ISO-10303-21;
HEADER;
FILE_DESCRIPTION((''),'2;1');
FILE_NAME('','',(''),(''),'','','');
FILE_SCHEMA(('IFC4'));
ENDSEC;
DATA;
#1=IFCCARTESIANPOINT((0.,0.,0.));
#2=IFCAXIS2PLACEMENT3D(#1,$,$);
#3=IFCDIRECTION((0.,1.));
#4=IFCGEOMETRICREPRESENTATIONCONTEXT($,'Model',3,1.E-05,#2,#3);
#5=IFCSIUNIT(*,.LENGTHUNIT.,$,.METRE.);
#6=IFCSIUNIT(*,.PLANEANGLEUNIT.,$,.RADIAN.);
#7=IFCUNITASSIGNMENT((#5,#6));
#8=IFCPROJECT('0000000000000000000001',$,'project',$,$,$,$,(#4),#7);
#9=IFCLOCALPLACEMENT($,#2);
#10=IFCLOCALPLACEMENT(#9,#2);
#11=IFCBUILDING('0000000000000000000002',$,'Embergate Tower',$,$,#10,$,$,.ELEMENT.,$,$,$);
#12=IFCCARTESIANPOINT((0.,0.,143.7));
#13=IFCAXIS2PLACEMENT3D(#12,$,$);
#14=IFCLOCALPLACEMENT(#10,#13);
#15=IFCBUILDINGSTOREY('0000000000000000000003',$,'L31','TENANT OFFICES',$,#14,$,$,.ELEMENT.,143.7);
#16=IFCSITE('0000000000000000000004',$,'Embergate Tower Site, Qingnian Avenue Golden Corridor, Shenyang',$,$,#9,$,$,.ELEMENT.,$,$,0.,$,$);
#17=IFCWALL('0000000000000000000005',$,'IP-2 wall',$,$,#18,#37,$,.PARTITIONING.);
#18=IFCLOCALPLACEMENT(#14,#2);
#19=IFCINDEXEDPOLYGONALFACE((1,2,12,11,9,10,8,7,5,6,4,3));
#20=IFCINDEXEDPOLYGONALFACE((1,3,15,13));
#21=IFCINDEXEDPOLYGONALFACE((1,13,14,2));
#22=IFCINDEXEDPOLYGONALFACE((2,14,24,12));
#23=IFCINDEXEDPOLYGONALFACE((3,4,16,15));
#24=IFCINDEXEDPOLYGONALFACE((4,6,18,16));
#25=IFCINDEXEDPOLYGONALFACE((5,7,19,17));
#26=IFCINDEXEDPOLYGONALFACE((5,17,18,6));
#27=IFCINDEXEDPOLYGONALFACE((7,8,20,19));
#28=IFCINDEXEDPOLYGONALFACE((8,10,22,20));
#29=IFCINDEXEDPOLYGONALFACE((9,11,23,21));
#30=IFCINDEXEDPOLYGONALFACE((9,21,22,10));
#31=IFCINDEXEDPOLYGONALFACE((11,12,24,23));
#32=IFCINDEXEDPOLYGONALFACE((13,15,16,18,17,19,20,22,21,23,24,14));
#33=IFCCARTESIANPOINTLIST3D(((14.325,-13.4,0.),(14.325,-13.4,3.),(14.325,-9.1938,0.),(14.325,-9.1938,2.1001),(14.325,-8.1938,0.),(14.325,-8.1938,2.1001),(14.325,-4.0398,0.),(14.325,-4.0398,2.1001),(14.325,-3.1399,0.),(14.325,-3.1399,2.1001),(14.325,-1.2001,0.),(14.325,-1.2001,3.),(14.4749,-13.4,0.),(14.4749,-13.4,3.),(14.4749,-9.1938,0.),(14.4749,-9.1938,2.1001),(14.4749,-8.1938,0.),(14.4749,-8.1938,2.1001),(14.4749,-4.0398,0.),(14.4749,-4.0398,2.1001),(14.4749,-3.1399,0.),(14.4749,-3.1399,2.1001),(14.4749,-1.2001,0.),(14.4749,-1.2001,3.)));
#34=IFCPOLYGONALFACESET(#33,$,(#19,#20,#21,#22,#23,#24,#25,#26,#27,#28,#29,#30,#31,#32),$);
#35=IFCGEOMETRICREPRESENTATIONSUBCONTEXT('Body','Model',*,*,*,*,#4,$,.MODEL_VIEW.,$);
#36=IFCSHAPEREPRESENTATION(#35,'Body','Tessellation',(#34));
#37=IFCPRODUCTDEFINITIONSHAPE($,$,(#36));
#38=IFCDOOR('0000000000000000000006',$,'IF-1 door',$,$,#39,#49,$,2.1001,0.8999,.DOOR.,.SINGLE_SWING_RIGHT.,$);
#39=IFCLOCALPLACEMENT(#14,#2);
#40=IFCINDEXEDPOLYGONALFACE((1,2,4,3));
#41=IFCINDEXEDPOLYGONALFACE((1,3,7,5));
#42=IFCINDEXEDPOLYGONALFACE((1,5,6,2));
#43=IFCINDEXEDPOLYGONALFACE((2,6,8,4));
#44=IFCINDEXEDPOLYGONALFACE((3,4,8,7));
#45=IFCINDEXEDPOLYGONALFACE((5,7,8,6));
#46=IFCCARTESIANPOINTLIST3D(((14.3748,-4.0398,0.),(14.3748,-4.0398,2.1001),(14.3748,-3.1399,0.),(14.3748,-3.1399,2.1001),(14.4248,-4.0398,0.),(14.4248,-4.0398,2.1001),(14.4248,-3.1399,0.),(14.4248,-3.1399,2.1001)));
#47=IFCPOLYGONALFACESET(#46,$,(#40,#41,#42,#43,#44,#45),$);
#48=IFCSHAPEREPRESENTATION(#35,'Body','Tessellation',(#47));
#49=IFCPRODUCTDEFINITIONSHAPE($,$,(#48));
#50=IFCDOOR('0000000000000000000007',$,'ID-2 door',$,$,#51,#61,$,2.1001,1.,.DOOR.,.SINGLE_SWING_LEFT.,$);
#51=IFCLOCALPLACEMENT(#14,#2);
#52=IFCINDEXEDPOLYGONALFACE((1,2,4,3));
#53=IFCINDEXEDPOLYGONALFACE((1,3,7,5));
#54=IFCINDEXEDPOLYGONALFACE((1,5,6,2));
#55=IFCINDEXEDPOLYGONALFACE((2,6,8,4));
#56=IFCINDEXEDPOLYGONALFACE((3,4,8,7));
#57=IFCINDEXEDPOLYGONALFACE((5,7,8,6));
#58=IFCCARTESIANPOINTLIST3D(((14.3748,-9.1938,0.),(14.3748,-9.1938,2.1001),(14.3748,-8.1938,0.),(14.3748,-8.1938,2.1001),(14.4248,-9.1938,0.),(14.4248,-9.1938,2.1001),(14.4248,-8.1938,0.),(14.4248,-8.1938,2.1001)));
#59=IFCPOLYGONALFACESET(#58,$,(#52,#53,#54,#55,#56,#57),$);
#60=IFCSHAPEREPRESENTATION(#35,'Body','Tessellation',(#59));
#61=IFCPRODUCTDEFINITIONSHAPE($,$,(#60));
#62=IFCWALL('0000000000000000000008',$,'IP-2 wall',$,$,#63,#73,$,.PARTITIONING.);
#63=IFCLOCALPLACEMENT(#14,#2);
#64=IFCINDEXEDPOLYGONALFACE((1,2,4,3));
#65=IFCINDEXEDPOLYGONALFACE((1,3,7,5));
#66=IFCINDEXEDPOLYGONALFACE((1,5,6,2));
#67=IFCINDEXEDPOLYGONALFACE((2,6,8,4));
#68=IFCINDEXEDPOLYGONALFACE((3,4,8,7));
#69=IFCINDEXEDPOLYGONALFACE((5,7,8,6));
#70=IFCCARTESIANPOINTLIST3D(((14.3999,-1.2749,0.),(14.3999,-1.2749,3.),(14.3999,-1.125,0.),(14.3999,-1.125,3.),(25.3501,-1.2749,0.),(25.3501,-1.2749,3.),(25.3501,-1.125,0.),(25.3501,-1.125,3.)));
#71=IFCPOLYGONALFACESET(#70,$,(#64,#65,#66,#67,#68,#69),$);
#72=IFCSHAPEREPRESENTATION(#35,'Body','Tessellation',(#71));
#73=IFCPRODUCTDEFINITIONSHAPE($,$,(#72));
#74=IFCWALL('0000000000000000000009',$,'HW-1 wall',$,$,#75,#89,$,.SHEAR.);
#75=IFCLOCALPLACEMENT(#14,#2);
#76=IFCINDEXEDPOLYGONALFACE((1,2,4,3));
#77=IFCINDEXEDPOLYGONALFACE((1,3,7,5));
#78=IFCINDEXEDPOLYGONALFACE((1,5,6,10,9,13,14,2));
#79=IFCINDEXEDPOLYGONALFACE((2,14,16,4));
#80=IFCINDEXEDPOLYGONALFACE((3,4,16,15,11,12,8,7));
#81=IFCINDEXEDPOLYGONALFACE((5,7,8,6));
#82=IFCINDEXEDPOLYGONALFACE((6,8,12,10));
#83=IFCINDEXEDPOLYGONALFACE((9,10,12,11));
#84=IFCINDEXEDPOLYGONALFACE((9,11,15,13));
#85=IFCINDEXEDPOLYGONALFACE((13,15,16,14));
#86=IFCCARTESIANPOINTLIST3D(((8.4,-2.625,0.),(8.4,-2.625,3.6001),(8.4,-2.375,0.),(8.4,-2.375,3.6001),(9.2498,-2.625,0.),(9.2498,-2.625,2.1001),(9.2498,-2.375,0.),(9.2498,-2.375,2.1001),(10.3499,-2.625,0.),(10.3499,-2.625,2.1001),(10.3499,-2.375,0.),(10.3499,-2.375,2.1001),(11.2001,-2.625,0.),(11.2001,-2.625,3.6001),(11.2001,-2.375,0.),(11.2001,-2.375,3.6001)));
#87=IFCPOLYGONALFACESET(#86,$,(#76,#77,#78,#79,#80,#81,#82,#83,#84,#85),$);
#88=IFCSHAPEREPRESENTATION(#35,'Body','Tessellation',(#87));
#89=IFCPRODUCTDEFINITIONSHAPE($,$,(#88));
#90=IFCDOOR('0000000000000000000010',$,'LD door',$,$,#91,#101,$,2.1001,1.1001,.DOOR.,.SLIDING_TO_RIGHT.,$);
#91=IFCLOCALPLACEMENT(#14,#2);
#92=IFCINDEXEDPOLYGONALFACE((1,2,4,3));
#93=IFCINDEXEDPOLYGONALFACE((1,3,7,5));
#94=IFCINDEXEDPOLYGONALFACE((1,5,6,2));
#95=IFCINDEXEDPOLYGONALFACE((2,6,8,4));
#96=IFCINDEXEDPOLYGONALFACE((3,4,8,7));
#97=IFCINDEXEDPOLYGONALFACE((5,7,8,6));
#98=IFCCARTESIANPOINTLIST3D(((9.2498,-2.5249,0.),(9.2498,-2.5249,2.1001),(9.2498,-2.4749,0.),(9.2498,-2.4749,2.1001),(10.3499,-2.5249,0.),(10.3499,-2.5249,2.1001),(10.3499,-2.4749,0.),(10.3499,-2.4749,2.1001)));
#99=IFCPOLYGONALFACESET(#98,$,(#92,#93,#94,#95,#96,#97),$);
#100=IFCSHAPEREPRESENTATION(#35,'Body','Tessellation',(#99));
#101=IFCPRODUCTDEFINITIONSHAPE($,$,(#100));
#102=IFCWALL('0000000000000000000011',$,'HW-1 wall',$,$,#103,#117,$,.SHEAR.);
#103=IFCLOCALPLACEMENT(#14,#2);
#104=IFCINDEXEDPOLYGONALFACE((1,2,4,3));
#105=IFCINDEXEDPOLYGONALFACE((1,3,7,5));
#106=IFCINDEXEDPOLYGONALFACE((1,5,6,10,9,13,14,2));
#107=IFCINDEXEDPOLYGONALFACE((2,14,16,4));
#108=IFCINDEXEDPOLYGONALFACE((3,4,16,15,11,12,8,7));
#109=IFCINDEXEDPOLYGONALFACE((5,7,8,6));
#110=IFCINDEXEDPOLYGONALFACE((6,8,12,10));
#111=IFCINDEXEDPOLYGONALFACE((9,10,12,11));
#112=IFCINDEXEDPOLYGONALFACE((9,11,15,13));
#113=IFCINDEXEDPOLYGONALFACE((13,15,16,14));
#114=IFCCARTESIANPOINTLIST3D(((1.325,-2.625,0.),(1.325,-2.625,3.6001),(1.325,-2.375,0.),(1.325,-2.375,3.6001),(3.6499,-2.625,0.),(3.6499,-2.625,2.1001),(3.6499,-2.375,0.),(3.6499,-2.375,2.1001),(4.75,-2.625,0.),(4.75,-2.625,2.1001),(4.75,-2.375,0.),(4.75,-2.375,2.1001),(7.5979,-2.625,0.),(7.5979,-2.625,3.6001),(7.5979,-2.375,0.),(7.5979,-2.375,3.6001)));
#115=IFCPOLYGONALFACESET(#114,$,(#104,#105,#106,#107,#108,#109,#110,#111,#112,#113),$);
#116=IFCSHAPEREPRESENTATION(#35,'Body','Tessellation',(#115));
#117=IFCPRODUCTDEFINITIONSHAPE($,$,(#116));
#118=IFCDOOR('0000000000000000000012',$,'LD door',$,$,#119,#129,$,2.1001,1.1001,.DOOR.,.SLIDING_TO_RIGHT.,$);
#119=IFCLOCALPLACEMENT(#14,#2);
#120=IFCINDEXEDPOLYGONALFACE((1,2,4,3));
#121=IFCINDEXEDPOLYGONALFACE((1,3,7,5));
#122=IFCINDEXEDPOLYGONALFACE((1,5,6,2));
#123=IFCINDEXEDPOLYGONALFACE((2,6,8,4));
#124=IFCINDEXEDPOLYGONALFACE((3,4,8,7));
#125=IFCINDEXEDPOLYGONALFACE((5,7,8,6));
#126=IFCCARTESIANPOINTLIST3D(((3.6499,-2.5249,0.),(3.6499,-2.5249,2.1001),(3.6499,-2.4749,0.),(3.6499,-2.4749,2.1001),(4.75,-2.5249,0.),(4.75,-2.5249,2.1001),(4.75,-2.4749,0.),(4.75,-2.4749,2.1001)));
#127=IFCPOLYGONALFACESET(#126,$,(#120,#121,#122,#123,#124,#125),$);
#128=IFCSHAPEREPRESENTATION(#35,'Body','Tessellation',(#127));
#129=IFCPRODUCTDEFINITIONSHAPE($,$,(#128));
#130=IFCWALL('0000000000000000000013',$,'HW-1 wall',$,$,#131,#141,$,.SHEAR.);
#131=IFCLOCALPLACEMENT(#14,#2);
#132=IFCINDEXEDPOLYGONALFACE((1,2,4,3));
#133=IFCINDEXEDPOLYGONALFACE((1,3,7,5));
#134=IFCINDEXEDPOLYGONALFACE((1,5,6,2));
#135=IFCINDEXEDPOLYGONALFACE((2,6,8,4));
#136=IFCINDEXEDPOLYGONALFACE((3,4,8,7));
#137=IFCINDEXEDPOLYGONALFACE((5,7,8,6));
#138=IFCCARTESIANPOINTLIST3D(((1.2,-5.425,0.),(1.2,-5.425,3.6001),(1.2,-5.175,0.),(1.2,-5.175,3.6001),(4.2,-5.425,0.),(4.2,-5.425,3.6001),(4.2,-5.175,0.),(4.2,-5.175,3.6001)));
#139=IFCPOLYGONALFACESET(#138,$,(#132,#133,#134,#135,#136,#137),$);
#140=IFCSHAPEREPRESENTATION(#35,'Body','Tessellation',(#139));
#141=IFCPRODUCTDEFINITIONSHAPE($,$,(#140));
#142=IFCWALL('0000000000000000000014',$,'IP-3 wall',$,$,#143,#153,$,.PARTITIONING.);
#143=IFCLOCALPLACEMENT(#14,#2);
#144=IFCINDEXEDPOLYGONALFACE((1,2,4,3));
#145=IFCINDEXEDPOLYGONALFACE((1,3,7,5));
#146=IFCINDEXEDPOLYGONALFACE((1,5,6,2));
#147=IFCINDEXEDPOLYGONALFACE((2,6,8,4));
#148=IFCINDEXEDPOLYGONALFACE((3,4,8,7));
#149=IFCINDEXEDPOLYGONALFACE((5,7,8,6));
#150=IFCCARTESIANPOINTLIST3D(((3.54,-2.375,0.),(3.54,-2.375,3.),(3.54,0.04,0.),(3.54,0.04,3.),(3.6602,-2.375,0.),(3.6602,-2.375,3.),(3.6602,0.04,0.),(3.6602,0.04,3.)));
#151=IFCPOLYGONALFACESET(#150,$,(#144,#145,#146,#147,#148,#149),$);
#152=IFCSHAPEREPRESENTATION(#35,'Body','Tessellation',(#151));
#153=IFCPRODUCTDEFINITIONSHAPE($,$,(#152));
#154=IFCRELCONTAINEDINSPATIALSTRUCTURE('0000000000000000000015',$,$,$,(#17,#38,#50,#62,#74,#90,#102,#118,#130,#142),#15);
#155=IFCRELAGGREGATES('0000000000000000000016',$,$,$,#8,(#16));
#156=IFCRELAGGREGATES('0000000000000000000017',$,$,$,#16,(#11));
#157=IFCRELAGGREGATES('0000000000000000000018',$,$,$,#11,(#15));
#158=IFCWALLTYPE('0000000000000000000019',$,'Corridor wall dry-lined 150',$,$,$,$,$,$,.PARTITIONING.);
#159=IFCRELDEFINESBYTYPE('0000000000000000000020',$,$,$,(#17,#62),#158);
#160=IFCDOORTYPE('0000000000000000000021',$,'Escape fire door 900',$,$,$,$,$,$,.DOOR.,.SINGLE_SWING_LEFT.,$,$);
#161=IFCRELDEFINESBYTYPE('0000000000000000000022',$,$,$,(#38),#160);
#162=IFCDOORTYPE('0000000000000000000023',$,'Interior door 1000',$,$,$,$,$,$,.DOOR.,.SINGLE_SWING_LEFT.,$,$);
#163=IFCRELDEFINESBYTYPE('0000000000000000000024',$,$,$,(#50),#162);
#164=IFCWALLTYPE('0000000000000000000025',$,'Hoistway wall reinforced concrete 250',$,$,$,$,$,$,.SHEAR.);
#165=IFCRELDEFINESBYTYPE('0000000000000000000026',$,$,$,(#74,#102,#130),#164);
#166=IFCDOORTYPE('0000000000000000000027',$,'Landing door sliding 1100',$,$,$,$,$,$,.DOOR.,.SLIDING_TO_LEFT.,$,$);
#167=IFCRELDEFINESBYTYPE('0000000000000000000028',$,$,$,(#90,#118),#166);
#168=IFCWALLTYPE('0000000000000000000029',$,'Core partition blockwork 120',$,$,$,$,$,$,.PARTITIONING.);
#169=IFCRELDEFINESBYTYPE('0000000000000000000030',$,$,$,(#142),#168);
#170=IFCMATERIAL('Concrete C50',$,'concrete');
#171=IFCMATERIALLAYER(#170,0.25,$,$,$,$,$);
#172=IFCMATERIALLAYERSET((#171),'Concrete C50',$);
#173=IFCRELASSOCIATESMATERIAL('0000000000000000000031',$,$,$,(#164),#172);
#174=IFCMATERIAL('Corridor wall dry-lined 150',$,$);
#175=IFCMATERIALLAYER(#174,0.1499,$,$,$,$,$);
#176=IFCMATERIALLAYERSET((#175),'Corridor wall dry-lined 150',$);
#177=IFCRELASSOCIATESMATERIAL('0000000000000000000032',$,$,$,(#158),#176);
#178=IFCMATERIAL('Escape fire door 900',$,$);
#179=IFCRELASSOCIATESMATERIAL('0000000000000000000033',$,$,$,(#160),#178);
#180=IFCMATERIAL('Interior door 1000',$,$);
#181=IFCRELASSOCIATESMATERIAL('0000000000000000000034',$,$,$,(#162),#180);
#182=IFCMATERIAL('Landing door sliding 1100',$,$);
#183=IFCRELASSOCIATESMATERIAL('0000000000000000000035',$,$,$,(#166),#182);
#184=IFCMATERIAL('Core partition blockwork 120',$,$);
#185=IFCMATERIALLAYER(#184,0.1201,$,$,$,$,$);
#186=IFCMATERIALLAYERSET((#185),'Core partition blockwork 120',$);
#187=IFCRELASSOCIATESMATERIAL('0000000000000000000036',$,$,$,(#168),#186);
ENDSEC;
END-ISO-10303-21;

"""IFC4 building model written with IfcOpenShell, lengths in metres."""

from ifc_helpers import new_model, si_unit, direction, frame, frame_2d, origin, place, context, subcontext, project, spatial, rectangle, extrude, source, transform, mapped, material, layer, layer_set, type_object, element, fill, save


model = new_model("IFC4")

# Units and contexts
model_context = context("Model", 3, precision=1e-05, world=origin(), true_north=direction((0.0, 1.0)))
body_context = subcontext(model_context, "Body", "Model", "MODEL_VIEW")
ifc_project = project(units=[si_unit("LENGTHUNIT", "METRE"), si_unit("PLANEANGLEUNIT", "RADIAN")], contexts=[model_context])

# Site, building, storey
site_placement = place(None, origin())
site = spatial("IfcSite", under=ifc_project, at=site_placement, Name="Embergate Tower Site, Qingnian Avenue Golden Corridor, Shenyang", CompositionType="ELEMENT", RefElevation=0.0)
building_placement = place(site_placement, origin())
building = spatial("IfcBuilding", under=site, at=building_placement, Name="Embergate Tower", CompositionType="ELEMENT")
storey_placement = place(building_placement, frame((0.0, 0.0, 143.7)))
storey = spatial("IfcBuildingStorey", under=building, at=storey_placement, Name="L31", Description="TENANT OFFICES", CompositionType="ELEMENT", Elevation=143.7)

# Shared definitions
ifc_material_1 = material(Name="Concrete C50", Category="concrete")
ifc_layer_1 = layer(ifc_material_1, 0.25)
ifc_layer_set_1 = layer_set([ifc_layer_1], Name="Concrete C50")
wall_type_1 = type_object("IfcWallType", Name="Hoistway wall reinforced concrete 250", PredefinedType="SHEAR", material=ifc_layer_set_1)

# Wall, openings, doors
ifc_material_2 = material(Name="Corridor wall dry-lined 150")
ifc_layer_2 = layer(ifc_material_2, 0.1499)
ifc_layer_set_2 = layer_set([ifc_layer_2], Name="Corridor wall dry-lined 150")
wall_type_2 = type_object("IfcWallType", Name="Corridor wall dry-lined 150", PredefinedType="PARTITIONING", material=ifc_layer_set_2)
shared_shape_1 = source(origin(), body_context, "Body", "SweptSolid", [
    extrude(rectangle(XDim=12.2, YDim=0.1499, at=frame_2d((6.1001, 0.0))), origin(), (0.0, 0.0, 1.0), 3.0),
])
wall_1_placement = place(storey_placement, frame((14.3999, -1.2, 0.0), z_axis=(0.0, 0.0, 1.0), x_axis=(0.0, -1.0, 0.0)))
wall_1 = element("IfcWall", 1, at=wall_1_placement, inside=storey, type_object=wall_type_2, Name="IP-2 wall", PredefinedType="PARTITIONING", context=body_context, shape_type="MappedRepresentation", body=[
    mapped(shared_shape_1, transform((0.0, 0.0, 0.0))),
])
shared_shape_2 = source(origin(), body_context, "Body", "SweptSolid", [
    extrude(rectangle(XDim=1.0, YDim=2.1001, at=frame_2d((0.5, 1.05))), frame((0.0, 0.085, 0.0), z_axis=(0.0, -1.0, 0.0), x_axis=(1.0, 0.0, 0.0)), (0.0, 0.0, 1.0), 0.1699),
])
opening_1_placement = place(wall_1_placement, frame((6.9939, 0.0, 0.0)))
opening_1 = element("IfcOpeningElement", 2, at=opening_1_placement, cuts=wall_1, PredefinedType="OPENING", context=body_context, shape_type="MappedRepresentation", body=[
    mapped(shared_shape_2, transform((0.0, 0.0, 0.0))),
])
shared_shape_3 = source(origin(), body_context, "Body", "SweptSolid", [
    extrude(rectangle(XDim=0.8999, YDim=2.1001, at=frame_2d((0.45, 1.05))), frame((0.0, 0.085, 0.0), z_axis=(0.0, -1.0, 0.0), x_axis=(1.0, 0.0, 0.0)), (0.0, 0.0, 1.0), 0.1699),
])
opening_2_placement = place(wall_1_placement, frame((1.9399, 0.0, 0.0)))
opening_2 = element("IfcOpeningElement", 3, at=opening_2_placement, cuts=wall_1, PredefinedType="OPENING", context=body_context, shape_type="MappedRepresentation", body=[
    mapped(shared_shape_3, transform((0.0, 0.0, 0.0))),
])
ifc_material_3 = material(Name="Escape fire door 900")
door_type_1 = type_object("IfcDoorType", Name="Escape fire door 900", OperationType="SINGLE_SWING_LEFT", PredefinedType="DOOR", material=ifc_material_3)
shared_shape_4 = source(origin(), body_context, "Body", "SweptSolid", [
    extrude(rectangle(XDim=0.8999, YDim=2.1001, at=frame_2d((0.45, 1.05))), frame((0.0, 0.0249, 0.0), z_axis=(0.0, -1.0, 0.0), x_axis=(1.0, 0.0, 0.0)), (0.0, 0.0, 1.0), 0.05),
])
door_1_placement = place(opening_2_placement, origin())
door_1 = element("IfcDoor", 4, at=door_1_placement, inside=storey, type_object=door_type_1, Name="IF-1 door", OperationType="SINGLE_SWING_RIGHT", OverallHeight=2.1001, OverallWidth=0.8999, PredefinedType="DOOR", context=body_context, shape_type="MappedRepresentation", body=[
    mapped(shared_shape_4, transform((0.0, 0.0, 0.0))),
])
fill(opening_2, door_1)
ifc_material_4 = material(Name="Interior door 1000")
door_type_2 = type_object("IfcDoorType", Name="Interior door 1000", OperationType="SINGLE_SWING_LEFT", PredefinedType="DOOR", material=ifc_material_4)
shared_shape_5 = source(origin(), body_context, "Body", "SweptSolid", [
    extrude(rectangle(XDim=1.0, YDim=2.1001, at=frame_2d((0.5, 1.05))), frame((0.0, 0.0249, 0.0), z_axis=(0.0, -1.0, 0.0), x_axis=(1.0, 0.0, 0.0)), (0.0, 0.0, 1.0), 0.05),
])
door_2_placement = place(opening_1_placement, origin())
door_2 = element("IfcDoor", 5, at=door_2_placement, inside=storey, type_object=door_type_2, Name="ID-2 door", OperationType="SINGLE_SWING_LEFT", OverallHeight=2.1001, OverallWidth=1.0, PredefinedType="DOOR", context=body_context, shape_type="MappedRepresentation", body=[
    mapped(shared_shape_5, transform((0.0, 0.0, 0.0))),
])
fill(opening_1, door_2)

# Wall
shared_shape_6 = source(origin(), body_context, "Body", "SweptSolid", [
    extrude(rectangle(XDim=10.9502, YDim=0.1499, at=frame_2d((5.4751, 0.0))), origin(), (0.0, 0.0, 1.0), 3.0),
])
wall_2_placement = place(storey_placement, frame((14.3999, -1.2, 0.0), z_axis=(0.0, 0.0, 1.0), x_axis=(1.0, 0.0, 0.0)))
element("IfcWall", 6, at=wall_2_placement, inside=storey, type_object=wall_type_2, Name="IP-2 wall", PredefinedType="PARTITIONING", context=body_context, shape_type="MappedRepresentation", body=[
    mapped(shared_shape_6, transform((0.0, 0.0, 0.0))),
])

# Walls, openings, doors
shared_shape_7 = source(origin(), body_context, "Body", "SweptSolid", [
    extrude(rectangle(XDim=2.8, YDim=0.25, at=frame_2d((1.3999, 0.0))), origin(), (0.0, 0.0, 1.0), 3.6001),
])
wall_3_placement = place(storey_placement, frame((11.2, -2.5, 0.0), z_axis=(0.0, 0.0, 1.0), x_axis=(-1.0, 0.0, 0.0)))
wall_3 = element("IfcWall", 7, at=wall_3_placement, inside=storey, type_object=wall_type_1, Name="HW-1 wall", PredefinedType="SHEAR", context=body_context, shape_type="MappedRepresentation", body=[
    mapped(shared_shape_7, transform((0.0, 0.0, 0.0))),
])
shared_shape_8 = source(origin(), body_context, "Body", "SweptSolid", [
    extrude(rectangle(XDim=1.1001, YDim=2.1001, at=frame_2d((0.55, 1.05))), frame((0.0, 0.135, 0.0), z_axis=(0.0, -1.0, 0.0), x_axis=(1.0, 0.0, 0.0)), (0.0, 0.0, 1.0), 0.27),
])
opening_3_placement = place(wall_3_placement, frame((0.8501, 0.0, 0.0)))
opening_3 = element("IfcOpeningElement", 8, at=opening_3_placement, cuts=wall_3, PredefinedType="OPENING", context=body_context, shape_type="MappedRepresentation", body=[
    mapped(shared_shape_8, transform((0.0, 0.0, 0.0))),
])
ifc_material_5 = material(Name="Landing door sliding 1100")
door_type_3 = type_object("IfcDoorType", Name="Landing door sliding 1100", OperationType="SLIDING_TO_LEFT", PredefinedType="DOOR", material=ifc_material_5)
shared_shape_9 = source(origin(), body_context, "Body", "SweptSolid", [
    extrude(rectangle(XDim=1.1001, YDim=2.1001, at=frame_2d((0.55, 1.05))), frame((0.0, 0.0249, 0.0), z_axis=(0.0, -1.0, 0.0), x_axis=(1.0, 0.0, 0.0)), (0.0, 0.0, 1.0), 0.05),
])
door_3_placement = place(opening_3_placement, origin())
door_3 = element("IfcDoor", 9, at=door_3_placement, inside=storey, type_object=door_type_3, Name="LD door", OperationType="SLIDING_TO_RIGHT", OverallHeight=2.1001, OverallWidth=1.1001, PredefinedType="DOOR", context=body_context, shape_type="MappedRepresentation", body=[
    mapped(shared_shape_9, transform((0.0, 0.0, 0.0))),
])
fill(opening_3, door_3)
shared_shape_10 = source(origin(), body_context, "Body", "SweptSolid", [
    extrude(rectangle(XDim=6.2729, YDim=0.25, at=frame_2d((3.1365, 0.0))), origin(), (0.0, 0.0, 1.0), 3.6001),
])
wall_4_placement = place(storey_placement, frame((7.5979, -2.5, 0.0), z_axis=(0.0, 0.0, 1.0), x_axis=(-1.0, 0.0, 0.0)))
wall_4 = element("IfcWall", 10, at=wall_4_placement, inside=storey, type_object=wall_type_1, Name="HW-1 wall", PredefinedType="SHEAR", context=body_context, shape_type="MappedRepresentation", body=[
    mapped(shared_shape_10, transform((0.0, 0.0, 0.0))),
])
opening_4_placement = place(wall_4_placement, frame((2.8479, 0.0, 0.0)))
opening_4 = element("IfcOpeningElement", 11, at=opening_4_placement, cuts=wall_4, PredefinedType="OPENING", context=body_context, shape_type="MappedRepresentation", body=[
    mapped(shared_shape_8, transform((0.0, 0.0, 0.0))),
])
door_4_placement = place(opening_4_placement, origin())
door_4 = element("IfcDoor", 12, at=door_4_placement, inside=storey, type_object=door_type_3, Name="LD door", OperationType="SLIDING_TO_RIGHT", OverallHeight=2.1001, OverallWidth=1.1001, PredefinedType="DOOR", context=body_context, shape_type="MappedRepresentation", body=[
    mapped(shared_shape_9, transform((0.0, 0.0, 0.0))),
])
fill(opening_4, door_4)

# Walls
shared_shape_11 = source(origin(), body_context, "Body", "SweptSolid", [
    extrude(rectangle(XDim=3.0, YDim=0.25, at=frame_2d((1.5, 0.0))), origin(), (0.0, 0.0, 1.0), 3.6001),
])
wall_5_placement = place(storey_placement, frame((1.2, -5.3, 0.0), z_axis=(0.0, 0.0, 1.0), x_axis=(1.0, 0.0, 0.0)))
element("IfcWall", 13, at=wall_5_placement, inside=storey, type_object=wall_type_1, Name="HW-1 wall", PredefinedType="SHEAR", context=body_context, shape_type="MappedRepresentation", body=[
    mapped(shared_shape_11, transform((0.0, 0.0, 0.0))),
])
ifc_material_6 = material(Name="Core partition blockwork 120")
ifc_layer_3 = layer(ifc_material_6, 0.1201)
ifc_layer_set_3 = layer_set([ifc_layer_3], Name="Core partition blockwork 120")
wall_type_3 = type_object("IfcWallType", Name="Core partition blockwork 120", PredefinedType="PARTITIONING", material=ifc_layer_set_3)
shared_shape_12 = source(origin(), body_context, "Body", "SweptSolid", [
    extrude(rectangle(XDim=2.415, YDim=0.1201, at=frame_2d((1.2075, 0.0))), origin(), (0.0, 0.0, 1.0), 3.0),
])
wall_6_placement = place(storey_placement, frame((3.6001, -2.375, 0.0), z_axis=(0.0, 0.0, 1.0), x_axis=(0.0, 1.0, 0.0)))
element("IfcWall", 14, at=wall_6_placement, inside=storey, type_object=wall_type_3, Name="IP-3 wall", PredefinedType="PARTITIONING", context=body_context, shape_type="MappedRepresentation", body=[
    mapped(shared_shape_12, transform((0.0, 0.0, 0.0))),
])

save(model, "model.ifc")
